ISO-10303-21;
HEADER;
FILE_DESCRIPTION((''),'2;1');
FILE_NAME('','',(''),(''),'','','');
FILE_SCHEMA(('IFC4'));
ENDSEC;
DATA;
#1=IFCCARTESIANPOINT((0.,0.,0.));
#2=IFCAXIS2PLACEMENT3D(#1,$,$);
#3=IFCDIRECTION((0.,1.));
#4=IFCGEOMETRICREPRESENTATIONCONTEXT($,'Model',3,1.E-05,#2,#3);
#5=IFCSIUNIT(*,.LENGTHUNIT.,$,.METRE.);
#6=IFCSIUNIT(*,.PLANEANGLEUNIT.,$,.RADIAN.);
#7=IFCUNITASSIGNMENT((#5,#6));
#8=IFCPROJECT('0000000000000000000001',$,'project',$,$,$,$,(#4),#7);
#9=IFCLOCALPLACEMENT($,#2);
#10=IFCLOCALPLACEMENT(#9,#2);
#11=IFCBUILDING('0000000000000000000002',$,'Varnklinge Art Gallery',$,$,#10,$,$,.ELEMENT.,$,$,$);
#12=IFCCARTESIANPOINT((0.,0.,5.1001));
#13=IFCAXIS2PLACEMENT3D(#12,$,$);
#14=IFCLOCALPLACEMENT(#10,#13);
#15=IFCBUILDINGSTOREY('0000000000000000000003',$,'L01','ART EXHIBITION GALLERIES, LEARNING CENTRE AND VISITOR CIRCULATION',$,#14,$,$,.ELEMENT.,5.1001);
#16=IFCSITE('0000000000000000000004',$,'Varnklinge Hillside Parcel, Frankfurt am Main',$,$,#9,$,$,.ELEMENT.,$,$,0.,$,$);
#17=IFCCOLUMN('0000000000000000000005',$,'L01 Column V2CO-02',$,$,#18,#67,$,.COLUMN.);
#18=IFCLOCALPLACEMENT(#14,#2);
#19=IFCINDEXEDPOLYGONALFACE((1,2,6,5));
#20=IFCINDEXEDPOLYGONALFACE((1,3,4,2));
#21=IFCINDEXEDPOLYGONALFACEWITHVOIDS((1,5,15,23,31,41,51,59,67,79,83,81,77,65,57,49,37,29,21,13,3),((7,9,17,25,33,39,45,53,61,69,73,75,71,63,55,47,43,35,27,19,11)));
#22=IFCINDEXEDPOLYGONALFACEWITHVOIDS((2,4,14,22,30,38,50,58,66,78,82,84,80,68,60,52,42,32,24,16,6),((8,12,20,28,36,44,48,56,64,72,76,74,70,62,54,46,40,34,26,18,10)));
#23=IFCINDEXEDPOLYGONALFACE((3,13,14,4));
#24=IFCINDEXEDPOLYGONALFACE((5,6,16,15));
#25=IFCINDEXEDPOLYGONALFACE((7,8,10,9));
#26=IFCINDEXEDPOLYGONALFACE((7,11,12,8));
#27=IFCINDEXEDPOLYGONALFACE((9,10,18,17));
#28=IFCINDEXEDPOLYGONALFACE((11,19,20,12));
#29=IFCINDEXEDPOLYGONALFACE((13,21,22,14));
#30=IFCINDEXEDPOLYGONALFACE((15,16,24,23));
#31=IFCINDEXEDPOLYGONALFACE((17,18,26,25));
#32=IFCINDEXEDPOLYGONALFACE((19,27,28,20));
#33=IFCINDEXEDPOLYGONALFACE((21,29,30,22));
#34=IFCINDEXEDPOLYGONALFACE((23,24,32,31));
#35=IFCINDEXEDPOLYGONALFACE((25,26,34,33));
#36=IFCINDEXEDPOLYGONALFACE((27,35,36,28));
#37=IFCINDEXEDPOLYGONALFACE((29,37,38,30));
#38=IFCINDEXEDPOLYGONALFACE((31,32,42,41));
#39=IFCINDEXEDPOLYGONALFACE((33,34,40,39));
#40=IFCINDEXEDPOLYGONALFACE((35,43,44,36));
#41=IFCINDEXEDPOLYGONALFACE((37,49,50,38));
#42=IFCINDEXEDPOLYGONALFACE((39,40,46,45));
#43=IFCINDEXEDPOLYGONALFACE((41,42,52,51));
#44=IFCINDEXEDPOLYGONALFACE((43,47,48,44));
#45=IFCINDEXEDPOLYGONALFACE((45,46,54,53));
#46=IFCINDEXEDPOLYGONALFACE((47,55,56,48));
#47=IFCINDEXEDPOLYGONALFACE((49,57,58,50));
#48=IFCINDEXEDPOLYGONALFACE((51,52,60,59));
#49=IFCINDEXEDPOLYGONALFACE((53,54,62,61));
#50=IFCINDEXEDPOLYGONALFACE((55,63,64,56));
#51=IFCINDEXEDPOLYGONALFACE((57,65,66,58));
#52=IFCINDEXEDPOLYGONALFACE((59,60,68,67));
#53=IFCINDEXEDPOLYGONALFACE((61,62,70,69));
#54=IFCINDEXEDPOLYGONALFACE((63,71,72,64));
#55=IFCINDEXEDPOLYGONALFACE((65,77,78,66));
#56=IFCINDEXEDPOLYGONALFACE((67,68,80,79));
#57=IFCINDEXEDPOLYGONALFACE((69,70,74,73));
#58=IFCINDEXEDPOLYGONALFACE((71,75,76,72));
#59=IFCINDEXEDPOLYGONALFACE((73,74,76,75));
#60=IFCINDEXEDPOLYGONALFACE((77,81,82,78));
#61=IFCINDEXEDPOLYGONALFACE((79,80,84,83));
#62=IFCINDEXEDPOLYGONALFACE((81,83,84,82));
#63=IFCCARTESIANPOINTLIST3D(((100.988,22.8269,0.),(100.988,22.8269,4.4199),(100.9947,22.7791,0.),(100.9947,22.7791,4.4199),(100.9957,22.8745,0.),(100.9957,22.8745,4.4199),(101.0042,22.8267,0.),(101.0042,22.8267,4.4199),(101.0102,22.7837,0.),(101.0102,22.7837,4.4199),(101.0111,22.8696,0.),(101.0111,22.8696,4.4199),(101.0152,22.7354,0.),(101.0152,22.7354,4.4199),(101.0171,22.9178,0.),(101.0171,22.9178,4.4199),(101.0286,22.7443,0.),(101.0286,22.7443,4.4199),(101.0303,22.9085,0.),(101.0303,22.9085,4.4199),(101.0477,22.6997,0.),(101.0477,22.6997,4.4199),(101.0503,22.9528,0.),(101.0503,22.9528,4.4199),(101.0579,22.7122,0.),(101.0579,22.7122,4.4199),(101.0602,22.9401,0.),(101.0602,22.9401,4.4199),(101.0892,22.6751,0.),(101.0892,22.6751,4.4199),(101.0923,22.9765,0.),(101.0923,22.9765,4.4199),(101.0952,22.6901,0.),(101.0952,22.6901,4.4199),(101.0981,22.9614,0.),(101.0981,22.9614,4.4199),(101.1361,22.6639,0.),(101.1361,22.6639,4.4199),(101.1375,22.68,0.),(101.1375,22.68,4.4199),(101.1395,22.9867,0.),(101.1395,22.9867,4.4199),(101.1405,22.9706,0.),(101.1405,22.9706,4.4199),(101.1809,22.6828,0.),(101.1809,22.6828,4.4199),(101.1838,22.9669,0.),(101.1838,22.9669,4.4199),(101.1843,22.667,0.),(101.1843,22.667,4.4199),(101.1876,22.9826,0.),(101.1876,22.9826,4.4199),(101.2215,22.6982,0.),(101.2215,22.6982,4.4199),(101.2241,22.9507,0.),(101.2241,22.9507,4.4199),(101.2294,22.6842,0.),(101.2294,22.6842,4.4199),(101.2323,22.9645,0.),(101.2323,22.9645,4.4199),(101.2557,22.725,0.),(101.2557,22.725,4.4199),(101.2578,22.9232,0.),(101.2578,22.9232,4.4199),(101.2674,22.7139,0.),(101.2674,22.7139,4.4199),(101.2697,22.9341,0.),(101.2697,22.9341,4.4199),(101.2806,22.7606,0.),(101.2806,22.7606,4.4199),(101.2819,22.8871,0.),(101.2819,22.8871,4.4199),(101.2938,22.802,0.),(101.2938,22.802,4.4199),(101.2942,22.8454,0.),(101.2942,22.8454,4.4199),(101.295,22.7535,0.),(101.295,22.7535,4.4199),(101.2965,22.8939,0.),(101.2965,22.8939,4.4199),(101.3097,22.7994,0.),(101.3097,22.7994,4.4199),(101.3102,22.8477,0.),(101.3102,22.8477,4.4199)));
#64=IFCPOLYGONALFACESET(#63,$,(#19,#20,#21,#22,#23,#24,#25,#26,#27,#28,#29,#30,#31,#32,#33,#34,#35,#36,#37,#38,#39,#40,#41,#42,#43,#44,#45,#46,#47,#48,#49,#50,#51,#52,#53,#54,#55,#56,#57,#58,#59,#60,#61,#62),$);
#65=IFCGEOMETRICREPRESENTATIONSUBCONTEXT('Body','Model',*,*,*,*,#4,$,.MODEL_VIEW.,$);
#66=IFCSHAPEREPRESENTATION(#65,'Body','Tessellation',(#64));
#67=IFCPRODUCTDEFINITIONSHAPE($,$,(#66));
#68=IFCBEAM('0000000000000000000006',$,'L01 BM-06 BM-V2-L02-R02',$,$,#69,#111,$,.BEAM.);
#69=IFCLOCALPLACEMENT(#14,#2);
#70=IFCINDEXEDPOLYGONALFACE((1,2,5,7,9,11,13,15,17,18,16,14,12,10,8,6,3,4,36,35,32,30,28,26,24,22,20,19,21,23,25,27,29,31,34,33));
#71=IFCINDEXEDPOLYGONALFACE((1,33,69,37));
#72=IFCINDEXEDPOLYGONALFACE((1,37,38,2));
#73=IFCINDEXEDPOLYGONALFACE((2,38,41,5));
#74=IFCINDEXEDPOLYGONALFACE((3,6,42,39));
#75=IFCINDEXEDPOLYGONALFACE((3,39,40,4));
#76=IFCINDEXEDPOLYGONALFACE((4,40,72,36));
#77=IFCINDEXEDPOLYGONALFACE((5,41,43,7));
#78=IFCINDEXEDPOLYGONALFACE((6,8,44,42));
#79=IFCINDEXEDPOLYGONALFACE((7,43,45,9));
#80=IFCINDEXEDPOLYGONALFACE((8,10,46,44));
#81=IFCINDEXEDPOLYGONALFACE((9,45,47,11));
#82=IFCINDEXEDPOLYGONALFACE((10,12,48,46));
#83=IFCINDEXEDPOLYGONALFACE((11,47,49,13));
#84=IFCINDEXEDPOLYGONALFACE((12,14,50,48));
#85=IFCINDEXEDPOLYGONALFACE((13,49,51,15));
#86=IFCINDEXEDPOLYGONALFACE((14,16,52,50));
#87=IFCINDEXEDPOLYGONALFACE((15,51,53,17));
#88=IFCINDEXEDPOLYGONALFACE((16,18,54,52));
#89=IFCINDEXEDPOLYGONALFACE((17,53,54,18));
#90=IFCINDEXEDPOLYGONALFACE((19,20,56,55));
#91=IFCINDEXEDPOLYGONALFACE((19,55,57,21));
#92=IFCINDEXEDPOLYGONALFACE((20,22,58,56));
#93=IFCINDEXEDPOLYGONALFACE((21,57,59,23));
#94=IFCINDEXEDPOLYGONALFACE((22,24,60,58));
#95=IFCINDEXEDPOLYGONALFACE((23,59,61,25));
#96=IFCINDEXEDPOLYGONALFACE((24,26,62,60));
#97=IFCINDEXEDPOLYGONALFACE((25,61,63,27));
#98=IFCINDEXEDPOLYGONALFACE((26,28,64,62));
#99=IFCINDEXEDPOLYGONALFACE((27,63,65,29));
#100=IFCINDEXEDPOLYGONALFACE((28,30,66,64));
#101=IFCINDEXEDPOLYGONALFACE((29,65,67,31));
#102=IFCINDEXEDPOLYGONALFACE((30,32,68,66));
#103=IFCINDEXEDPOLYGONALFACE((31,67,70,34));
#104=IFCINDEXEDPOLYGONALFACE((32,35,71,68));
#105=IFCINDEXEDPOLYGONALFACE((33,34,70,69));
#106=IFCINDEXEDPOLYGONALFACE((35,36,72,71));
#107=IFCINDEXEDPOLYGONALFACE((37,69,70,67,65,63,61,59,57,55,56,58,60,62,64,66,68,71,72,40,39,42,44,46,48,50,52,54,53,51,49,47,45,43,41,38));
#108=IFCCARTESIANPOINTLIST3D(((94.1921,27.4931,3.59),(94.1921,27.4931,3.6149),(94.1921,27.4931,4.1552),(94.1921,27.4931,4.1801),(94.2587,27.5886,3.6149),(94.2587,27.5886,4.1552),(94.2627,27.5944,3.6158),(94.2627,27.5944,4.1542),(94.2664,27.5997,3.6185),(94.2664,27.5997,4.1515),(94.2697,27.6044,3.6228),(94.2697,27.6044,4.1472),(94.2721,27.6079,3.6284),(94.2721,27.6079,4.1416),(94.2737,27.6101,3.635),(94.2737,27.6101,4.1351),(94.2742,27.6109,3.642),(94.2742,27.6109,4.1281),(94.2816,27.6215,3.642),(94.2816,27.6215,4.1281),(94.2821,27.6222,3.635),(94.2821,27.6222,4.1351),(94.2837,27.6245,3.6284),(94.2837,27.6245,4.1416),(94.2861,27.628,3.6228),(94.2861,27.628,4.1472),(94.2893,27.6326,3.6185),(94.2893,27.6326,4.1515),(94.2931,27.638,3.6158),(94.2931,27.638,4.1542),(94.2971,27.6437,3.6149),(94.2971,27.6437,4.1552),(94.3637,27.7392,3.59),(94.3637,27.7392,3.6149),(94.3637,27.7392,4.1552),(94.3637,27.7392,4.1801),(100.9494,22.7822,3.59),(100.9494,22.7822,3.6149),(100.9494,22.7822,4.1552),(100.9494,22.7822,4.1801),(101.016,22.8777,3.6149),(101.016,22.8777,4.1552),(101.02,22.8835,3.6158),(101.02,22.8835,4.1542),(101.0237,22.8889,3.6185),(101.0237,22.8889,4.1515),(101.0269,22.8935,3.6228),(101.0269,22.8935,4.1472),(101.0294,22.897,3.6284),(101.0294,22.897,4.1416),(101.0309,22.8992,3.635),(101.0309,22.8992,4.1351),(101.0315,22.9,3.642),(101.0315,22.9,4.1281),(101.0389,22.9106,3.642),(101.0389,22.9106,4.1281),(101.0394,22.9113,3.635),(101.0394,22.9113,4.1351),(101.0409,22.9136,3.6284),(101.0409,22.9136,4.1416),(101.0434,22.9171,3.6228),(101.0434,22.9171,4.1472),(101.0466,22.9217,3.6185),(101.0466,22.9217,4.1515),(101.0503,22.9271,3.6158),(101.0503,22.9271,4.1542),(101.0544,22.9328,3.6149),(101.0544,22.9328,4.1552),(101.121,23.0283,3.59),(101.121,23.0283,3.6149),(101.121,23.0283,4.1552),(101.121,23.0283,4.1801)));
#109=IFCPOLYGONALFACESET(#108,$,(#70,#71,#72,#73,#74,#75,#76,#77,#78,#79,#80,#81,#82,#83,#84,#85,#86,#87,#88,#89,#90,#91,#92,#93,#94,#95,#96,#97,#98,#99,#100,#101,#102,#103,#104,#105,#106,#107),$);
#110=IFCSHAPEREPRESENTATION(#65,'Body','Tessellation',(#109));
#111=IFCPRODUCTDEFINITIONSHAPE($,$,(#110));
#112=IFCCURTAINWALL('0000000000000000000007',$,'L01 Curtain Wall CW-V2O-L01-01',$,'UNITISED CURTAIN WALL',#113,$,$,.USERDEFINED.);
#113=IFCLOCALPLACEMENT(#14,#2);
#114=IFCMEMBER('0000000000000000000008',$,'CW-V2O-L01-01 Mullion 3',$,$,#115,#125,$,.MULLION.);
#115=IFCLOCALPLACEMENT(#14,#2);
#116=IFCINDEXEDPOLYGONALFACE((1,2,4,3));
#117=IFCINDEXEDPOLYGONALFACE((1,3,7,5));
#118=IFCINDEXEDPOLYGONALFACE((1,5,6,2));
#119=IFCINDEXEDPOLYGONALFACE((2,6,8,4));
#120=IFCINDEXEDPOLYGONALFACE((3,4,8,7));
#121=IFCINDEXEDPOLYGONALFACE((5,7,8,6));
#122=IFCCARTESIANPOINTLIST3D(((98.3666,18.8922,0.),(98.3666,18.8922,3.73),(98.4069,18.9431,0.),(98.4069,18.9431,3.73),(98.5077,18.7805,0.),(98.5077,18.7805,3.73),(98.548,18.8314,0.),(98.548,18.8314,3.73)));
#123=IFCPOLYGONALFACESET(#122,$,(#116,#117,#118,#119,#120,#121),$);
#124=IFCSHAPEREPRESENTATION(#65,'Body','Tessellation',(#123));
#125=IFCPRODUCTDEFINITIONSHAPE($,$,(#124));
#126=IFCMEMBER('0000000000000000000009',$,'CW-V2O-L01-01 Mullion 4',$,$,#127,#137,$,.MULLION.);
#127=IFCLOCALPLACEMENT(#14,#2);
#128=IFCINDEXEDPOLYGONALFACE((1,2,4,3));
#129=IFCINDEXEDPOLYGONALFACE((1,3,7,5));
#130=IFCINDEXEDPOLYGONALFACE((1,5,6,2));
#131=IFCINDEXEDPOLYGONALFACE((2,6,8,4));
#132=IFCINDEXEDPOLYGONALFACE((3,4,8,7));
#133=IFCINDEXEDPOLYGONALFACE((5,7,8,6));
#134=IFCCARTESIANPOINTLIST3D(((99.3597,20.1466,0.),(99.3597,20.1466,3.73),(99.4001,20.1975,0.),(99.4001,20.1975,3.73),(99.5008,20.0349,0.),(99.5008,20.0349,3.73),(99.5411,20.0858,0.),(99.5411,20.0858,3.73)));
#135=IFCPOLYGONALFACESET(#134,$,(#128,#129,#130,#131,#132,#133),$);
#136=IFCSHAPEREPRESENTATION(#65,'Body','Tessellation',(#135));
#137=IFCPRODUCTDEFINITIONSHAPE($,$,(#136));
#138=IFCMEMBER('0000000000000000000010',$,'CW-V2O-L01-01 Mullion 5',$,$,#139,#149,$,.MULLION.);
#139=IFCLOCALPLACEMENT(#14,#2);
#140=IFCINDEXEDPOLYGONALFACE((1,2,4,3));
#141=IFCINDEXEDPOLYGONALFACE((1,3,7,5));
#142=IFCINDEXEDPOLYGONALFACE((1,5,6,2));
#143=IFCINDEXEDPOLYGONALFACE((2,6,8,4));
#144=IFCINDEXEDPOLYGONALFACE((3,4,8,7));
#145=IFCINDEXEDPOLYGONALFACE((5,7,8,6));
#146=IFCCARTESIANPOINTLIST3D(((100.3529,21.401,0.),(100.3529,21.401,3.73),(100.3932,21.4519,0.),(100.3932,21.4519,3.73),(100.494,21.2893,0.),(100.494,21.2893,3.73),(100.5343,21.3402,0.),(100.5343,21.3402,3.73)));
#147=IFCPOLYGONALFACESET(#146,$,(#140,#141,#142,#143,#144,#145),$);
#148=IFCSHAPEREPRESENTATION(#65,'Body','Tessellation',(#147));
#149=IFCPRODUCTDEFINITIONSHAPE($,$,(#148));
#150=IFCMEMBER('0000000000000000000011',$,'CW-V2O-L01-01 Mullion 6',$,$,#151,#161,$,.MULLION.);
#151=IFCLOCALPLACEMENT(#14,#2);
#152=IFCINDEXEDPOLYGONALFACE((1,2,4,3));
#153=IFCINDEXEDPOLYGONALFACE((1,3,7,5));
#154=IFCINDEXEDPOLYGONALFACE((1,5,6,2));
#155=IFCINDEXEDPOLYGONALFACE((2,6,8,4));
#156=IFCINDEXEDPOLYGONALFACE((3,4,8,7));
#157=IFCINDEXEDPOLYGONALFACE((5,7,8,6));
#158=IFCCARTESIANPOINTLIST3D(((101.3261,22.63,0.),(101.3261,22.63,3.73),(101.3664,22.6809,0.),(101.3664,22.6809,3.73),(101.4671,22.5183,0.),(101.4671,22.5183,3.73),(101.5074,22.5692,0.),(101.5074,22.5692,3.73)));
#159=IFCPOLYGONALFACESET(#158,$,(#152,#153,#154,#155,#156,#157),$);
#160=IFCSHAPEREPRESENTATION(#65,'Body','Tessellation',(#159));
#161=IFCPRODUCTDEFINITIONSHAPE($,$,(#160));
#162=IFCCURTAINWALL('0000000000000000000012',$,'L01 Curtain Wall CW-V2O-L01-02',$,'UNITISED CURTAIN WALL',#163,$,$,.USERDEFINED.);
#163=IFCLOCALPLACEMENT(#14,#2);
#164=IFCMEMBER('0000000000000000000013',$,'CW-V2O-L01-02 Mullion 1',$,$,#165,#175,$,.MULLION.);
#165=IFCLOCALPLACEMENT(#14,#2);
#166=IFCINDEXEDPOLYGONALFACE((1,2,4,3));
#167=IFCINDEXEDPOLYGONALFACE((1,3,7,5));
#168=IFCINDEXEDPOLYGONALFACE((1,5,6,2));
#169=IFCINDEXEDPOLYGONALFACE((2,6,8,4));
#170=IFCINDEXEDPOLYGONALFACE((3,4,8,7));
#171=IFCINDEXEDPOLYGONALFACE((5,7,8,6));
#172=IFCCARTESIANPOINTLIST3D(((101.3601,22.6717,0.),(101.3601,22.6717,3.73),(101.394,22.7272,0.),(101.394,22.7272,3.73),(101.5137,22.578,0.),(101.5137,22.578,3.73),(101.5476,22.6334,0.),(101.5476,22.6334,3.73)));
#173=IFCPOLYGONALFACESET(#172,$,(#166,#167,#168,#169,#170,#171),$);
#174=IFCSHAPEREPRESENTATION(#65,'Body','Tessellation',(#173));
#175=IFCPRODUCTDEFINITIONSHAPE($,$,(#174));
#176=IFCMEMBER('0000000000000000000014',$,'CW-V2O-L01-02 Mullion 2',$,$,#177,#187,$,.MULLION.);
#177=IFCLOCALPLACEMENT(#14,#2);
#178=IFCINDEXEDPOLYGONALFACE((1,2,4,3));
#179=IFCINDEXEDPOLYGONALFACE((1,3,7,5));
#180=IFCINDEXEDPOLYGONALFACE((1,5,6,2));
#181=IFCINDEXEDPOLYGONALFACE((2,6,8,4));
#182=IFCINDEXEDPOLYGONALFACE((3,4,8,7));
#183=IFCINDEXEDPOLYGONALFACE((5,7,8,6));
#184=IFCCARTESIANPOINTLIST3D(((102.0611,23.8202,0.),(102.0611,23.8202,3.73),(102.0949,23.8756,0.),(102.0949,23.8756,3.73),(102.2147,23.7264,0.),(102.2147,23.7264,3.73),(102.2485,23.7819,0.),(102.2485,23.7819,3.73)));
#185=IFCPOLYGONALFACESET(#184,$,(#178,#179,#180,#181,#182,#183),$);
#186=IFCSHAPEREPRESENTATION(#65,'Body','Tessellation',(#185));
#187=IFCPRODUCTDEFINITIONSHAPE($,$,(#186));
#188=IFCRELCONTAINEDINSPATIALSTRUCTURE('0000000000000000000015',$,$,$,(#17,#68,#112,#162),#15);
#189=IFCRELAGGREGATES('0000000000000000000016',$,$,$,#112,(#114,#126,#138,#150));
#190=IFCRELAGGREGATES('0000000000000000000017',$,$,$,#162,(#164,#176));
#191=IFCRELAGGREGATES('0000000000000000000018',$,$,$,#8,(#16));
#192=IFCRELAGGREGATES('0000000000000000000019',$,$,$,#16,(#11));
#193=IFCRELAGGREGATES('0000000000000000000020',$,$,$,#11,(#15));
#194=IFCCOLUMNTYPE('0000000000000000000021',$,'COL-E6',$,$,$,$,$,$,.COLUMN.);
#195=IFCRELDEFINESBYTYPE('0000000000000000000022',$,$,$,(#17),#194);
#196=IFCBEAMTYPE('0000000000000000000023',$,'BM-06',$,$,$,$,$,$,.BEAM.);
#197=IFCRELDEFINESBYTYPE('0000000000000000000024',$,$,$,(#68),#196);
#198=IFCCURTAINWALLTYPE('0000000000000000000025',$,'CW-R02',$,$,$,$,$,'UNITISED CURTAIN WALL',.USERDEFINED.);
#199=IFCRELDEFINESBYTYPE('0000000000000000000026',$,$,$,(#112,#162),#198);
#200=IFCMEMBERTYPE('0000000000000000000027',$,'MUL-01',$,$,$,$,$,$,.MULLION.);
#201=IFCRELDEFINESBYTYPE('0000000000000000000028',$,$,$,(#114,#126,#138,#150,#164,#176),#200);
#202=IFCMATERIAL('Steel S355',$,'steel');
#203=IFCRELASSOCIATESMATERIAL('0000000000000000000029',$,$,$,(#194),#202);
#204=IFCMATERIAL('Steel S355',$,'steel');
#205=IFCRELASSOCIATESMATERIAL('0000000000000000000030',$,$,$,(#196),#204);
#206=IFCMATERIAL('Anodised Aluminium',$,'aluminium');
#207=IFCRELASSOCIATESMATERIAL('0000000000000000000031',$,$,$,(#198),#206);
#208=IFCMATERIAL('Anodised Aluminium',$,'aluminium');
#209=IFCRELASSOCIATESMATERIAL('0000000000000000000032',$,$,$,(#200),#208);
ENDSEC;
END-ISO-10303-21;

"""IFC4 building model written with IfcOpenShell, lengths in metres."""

from ifc_helpers import new_model, si_unit, direction, frame, origin, origin_2d, place, context, subcontext, project, spatial, rectangle, hollow_circle, i_section, extrude, material, material_profile, profile_set, type_object, element, aggregate, save


model = new_model("IFC4")

# Units and contexts
model_context = context("Model", 3, precision=1e-05, world=origin(), true_north=direction((0.0, 1.0)))
body_context = subcontext(model_context, "Body", "Model", "MODEL_VIEW")
ifc_project = project(units=[si_unit("LENGTHUNIT", "METRE"), si_unit("PLANEANGLEUNIT", "RADIAN")], contexts=[model_context])

# Site, building, storey
site_placement = place(None, origin())
site = spatial("IfcSite", under=ifc_project, at=site_placement, Name="Varnklinge Hillside Parcel, Frankfurt am Main", CompositionType="ELEMENT", RefElevation=0.0)
building_placement = place(site_placement, origin())
building = spatial("IfcBuilding", under=site, at=building_placement, Name="Varnklinge Art Gallery", CompositionType="ELEMENT")
storey_placement = place(building_placement, frame((0.0, 0.0, 5.1001)))
storey = spatial("IfcBuildingStorey", under=building, at=storey_placement, Name="L01", Description="ART EXHIBITION GALLERIES, LEARNING CENTRE AND VISITOR CIRCULATION", CompositionType="ELEMENT", Elevation=5.1001)

# Column
ifc_material_1 = material(Name="Steel S355", Category="steel")
ifc_material_profile_1 = material_profile(ifc_material_1, hollow_circle(Radius=0.1619, WallThickness=0.0161, at=origin_2d()), Name="CHS 323.9x16")
ifc_profile_set_1 = profile_set([ifc_material_profile_1], Name="Steel S355")
column_type = type_object("IfcColumnType", Name="COL-E6", PredefinedType="COLUMN", material=ifc_profile_set_1)
column_placement = place(storey_placement, frame((101.1499, 22.8252, 0.0), z_axis=(0.0, 0.0, 1.0), x_axis=(-0.820352, 0.57186, 0.0)))
element("IfcColumn", 1, at=column_placement, inside=storey, type_object=column_type, Name="L01 Column V2CO-02", PredefinedType="COLUMN", context=body_context, shape_type="SweptSolid", body=[
    extrude(hollow_circle(Radius=0.1619, WallThickness=0.0161, at=origin_2d()), origin(), (0.0, 0.0, 1.0), 4.4199),
])

# Beam
ifc_material_2 = material(Name="Steel S355", Category="steel")
ifc_material_profile_2 = material_profile(ifc_material_2, i_section(OverallWidth=0.3, OverallDepth=0.5901, WebThickness=0.0129, FlangeThickness=0.0249, FilletRadius=0.0271, at=origin_2d()), Name="HEA 600")
ifc_profile_set_2 = profile_set([ifc_material_profile_2], Name="Steel S355")
beam_type_1 = type_object("IfcBeamType", Name="BM-06", PredefinedType="BEAM", material=ifc_profile_set_2)
beam_1_placement = place(storey_placement, frame((101.0352, 22.9053, 3.885), z_axis=(-0.820325, 0.571898, 0.0), x_axis=(-0.571898, -0.820325, 0.0)))
element("IfcBeam", 2, at=beam_1_placement, inside=storey, type_object=beam_type_1, Name="L01 BM-06 BM-V2-L02-R02", PredefinedType="BEAM", context=body_context, shape_type="SweptSolid", body=[
    extrude(i_section(OverallWidth=0.3, OverallDepth=0.5901, WebThickness=0.0129, FlangeThickness=0.0249, FilletRadius=0.0271, at=origin_2d()), origin(), (0.0, 0.0, 1.0), 8.2373),
])

# Curtain walls, members
ifc_material_3 = material(Name="Anodised Aluminium", Category="aluminium")
curtain_wall_type = type_object("IfcCurtainWallType", Name="CW-R02", ElementType="UNITISED CURTAIN WALL", PredefinedType="USERDEFINED", material=ifc_material_3)
curtain_wall_1_placement = place(storey_placement, origin())
curtain_wall_1 = element("IfcCurtainWall", 3, at=curtain_wall_1_placement, inside=storey, type_object=curtain_wall_type, Name="L01 Curtain Wall CW-V2O-L01-01", ObjectType="UNITISED CURTAIN WALL", PredefinedType="USERDEFINED")
ifc_material_4 = material(Name="Anodised Aluminium", Category="aluminium")
ifc_material_profile_3 = material_profile(ifc_material_4, rectangle(XDim=0.0649, YDim=0.1799, at=origin_2d()), Name="ALU 65x180")
ifc_profile_set_3 = profile_set([ifc_material_profile_3], Name="Anodised Aluminium")
member_type_1 = type_object("IfcMemberType", Name="MUL-01", PredefinedType="MULLION", material=ifc_profile_set_3)
member_1_placement = place(storey_placement, frame((98.4573, 18.8618, 0.0), z_axis=(0.0, 0.0, 1.0), x_axis=(0.620737, 0.784019, 0.0)))
member_1 = element("IfcMember", 4, at=member_1_placement, type_object=member_type_1, Name="CW-V2O-L01-01 Mullion 3", PredefinedType="MULLION", context=body_context, shape_type="SweptSolid", body=[
    extrude(rectangle(XDim=0.0649, YDim=0.1799, at=origin_2d()), origin(), (0.0, 0.0, 1.0), 3.73),
])
member_2_placement = place(storey_placement, frame((99.4504, 20.1162, 0.0), z_axis=(0.0, 0.0, 1.0), x_axis=(0.620737, 0.784019, 0.0)))
member_2 = element("IfcMember", 5, at=member_2_placement, type_object=member_type_1, Name="CW-V2O-L01-01 Mullion 4", PredefinedType="MULLION", context=body_context, shape_type="SweptSolid", body=[
    extrude(rectangle(XDim=0.0649, YDim=0.1799, at=origin_2d()), origin(), (0.0, 0.0, 1.0), 3.73),
])
member_3_placement = place(storey_placement, frame((100.4436, 21.3706, 0.0), z_axis=(0.0, 0.0, 1.0), x_axis=(0.620737, 0.784019, 0.0)))
member_3 = element("IfcMember", 6, at=member_3_placement, type_object=member_type_1, Name="CW-V2O-L01-01 Mullion 5", PredefinedType="MULLION", context=body_context, shape_type="SweptSolid", body=[
    extrude(rectangle(XDim=0.0649, YDim=0.1799, at=origin_2d()), origin(), (0.0, 0.0, 1.0), 3.73),
])
member_4_placement = place(storey_placement, frame((101.4167, 22.5996, 0.0), z_axis=(0.0, 0.0, 1.0), x_axis=(0.620737, 0.784019, 0.0)))
member_4 = element("IfcMember", 7, at=member_4_placement, type_object=member_type_1, Name="CW-V2O-L01-01 Mullion 6", PredefinedType="MULLION", context=body_context, shape_type="SweptSolid", body=[
    extrude(rectangle(XDim=0.0649, YDim=0.1799, at=origin_2d()), origin(), (0.0, 0.0, 1.0), 3.73),
])
curtain_wall_2_placement = place(storey_placement, origin())
curtain_wall_2 = element("IfcCurtainWall", 8, at=curtain_wall_2_placement, inside=storey, type_object=curtain_wall_type, Name="L01 Curtain Wall CW-V2O-L01-02", ObjectType="UNITISED CURTAIN WALL", PredefinedType="USERDEFINED")
member_5_placement = place(storey_placement, frame((101.4539, 22.6526, 0.0), z_axis=(0.0, 0.0, 1.0), x_axis=(0.520861, 0.853642, 0.0)))
member_5 = element("IfcMember", 9, at=member_5_placement, type_object=member_type_1, Name="CW-V2O-L01-02 Mullion 1", PredefinedType="MULLION", context=body_context, shape_type="SweptSolid", body=[
    extrude(rectangle(XDim=0.0649, YDim=0.1799, at=origin_2d()), origin(), (0.0, 0.0, 1.0), 3.73),
])
member_6_placement = place(storey_placement, frame((102.1548, 23.801, 0.0), z_axis=(0.0, 0.0, 1.0), x_axis=(0.520861, 0.853642, 0.0)))
member_6 = element("IfcMember", 10, at=member_6_placement, type_object=member_type_1, Name="CW-V2O-L01-02 Mullion 2", PredefinedType="MULLION", context=body_context, shape_type="SweptSolid", body=[
    extrude(rectangle(XDim=0.0649, YDim=0.1799, at=origin_2d()), origin(), (0.0, 0.0, 1.0), 3.73),
])

aggregate(curtain_wall_1, [member_1, member_2, member_3, member_4])
aggregate(curtain_wall_2, [member_5, member_6])

save(model, "model.ifc")
